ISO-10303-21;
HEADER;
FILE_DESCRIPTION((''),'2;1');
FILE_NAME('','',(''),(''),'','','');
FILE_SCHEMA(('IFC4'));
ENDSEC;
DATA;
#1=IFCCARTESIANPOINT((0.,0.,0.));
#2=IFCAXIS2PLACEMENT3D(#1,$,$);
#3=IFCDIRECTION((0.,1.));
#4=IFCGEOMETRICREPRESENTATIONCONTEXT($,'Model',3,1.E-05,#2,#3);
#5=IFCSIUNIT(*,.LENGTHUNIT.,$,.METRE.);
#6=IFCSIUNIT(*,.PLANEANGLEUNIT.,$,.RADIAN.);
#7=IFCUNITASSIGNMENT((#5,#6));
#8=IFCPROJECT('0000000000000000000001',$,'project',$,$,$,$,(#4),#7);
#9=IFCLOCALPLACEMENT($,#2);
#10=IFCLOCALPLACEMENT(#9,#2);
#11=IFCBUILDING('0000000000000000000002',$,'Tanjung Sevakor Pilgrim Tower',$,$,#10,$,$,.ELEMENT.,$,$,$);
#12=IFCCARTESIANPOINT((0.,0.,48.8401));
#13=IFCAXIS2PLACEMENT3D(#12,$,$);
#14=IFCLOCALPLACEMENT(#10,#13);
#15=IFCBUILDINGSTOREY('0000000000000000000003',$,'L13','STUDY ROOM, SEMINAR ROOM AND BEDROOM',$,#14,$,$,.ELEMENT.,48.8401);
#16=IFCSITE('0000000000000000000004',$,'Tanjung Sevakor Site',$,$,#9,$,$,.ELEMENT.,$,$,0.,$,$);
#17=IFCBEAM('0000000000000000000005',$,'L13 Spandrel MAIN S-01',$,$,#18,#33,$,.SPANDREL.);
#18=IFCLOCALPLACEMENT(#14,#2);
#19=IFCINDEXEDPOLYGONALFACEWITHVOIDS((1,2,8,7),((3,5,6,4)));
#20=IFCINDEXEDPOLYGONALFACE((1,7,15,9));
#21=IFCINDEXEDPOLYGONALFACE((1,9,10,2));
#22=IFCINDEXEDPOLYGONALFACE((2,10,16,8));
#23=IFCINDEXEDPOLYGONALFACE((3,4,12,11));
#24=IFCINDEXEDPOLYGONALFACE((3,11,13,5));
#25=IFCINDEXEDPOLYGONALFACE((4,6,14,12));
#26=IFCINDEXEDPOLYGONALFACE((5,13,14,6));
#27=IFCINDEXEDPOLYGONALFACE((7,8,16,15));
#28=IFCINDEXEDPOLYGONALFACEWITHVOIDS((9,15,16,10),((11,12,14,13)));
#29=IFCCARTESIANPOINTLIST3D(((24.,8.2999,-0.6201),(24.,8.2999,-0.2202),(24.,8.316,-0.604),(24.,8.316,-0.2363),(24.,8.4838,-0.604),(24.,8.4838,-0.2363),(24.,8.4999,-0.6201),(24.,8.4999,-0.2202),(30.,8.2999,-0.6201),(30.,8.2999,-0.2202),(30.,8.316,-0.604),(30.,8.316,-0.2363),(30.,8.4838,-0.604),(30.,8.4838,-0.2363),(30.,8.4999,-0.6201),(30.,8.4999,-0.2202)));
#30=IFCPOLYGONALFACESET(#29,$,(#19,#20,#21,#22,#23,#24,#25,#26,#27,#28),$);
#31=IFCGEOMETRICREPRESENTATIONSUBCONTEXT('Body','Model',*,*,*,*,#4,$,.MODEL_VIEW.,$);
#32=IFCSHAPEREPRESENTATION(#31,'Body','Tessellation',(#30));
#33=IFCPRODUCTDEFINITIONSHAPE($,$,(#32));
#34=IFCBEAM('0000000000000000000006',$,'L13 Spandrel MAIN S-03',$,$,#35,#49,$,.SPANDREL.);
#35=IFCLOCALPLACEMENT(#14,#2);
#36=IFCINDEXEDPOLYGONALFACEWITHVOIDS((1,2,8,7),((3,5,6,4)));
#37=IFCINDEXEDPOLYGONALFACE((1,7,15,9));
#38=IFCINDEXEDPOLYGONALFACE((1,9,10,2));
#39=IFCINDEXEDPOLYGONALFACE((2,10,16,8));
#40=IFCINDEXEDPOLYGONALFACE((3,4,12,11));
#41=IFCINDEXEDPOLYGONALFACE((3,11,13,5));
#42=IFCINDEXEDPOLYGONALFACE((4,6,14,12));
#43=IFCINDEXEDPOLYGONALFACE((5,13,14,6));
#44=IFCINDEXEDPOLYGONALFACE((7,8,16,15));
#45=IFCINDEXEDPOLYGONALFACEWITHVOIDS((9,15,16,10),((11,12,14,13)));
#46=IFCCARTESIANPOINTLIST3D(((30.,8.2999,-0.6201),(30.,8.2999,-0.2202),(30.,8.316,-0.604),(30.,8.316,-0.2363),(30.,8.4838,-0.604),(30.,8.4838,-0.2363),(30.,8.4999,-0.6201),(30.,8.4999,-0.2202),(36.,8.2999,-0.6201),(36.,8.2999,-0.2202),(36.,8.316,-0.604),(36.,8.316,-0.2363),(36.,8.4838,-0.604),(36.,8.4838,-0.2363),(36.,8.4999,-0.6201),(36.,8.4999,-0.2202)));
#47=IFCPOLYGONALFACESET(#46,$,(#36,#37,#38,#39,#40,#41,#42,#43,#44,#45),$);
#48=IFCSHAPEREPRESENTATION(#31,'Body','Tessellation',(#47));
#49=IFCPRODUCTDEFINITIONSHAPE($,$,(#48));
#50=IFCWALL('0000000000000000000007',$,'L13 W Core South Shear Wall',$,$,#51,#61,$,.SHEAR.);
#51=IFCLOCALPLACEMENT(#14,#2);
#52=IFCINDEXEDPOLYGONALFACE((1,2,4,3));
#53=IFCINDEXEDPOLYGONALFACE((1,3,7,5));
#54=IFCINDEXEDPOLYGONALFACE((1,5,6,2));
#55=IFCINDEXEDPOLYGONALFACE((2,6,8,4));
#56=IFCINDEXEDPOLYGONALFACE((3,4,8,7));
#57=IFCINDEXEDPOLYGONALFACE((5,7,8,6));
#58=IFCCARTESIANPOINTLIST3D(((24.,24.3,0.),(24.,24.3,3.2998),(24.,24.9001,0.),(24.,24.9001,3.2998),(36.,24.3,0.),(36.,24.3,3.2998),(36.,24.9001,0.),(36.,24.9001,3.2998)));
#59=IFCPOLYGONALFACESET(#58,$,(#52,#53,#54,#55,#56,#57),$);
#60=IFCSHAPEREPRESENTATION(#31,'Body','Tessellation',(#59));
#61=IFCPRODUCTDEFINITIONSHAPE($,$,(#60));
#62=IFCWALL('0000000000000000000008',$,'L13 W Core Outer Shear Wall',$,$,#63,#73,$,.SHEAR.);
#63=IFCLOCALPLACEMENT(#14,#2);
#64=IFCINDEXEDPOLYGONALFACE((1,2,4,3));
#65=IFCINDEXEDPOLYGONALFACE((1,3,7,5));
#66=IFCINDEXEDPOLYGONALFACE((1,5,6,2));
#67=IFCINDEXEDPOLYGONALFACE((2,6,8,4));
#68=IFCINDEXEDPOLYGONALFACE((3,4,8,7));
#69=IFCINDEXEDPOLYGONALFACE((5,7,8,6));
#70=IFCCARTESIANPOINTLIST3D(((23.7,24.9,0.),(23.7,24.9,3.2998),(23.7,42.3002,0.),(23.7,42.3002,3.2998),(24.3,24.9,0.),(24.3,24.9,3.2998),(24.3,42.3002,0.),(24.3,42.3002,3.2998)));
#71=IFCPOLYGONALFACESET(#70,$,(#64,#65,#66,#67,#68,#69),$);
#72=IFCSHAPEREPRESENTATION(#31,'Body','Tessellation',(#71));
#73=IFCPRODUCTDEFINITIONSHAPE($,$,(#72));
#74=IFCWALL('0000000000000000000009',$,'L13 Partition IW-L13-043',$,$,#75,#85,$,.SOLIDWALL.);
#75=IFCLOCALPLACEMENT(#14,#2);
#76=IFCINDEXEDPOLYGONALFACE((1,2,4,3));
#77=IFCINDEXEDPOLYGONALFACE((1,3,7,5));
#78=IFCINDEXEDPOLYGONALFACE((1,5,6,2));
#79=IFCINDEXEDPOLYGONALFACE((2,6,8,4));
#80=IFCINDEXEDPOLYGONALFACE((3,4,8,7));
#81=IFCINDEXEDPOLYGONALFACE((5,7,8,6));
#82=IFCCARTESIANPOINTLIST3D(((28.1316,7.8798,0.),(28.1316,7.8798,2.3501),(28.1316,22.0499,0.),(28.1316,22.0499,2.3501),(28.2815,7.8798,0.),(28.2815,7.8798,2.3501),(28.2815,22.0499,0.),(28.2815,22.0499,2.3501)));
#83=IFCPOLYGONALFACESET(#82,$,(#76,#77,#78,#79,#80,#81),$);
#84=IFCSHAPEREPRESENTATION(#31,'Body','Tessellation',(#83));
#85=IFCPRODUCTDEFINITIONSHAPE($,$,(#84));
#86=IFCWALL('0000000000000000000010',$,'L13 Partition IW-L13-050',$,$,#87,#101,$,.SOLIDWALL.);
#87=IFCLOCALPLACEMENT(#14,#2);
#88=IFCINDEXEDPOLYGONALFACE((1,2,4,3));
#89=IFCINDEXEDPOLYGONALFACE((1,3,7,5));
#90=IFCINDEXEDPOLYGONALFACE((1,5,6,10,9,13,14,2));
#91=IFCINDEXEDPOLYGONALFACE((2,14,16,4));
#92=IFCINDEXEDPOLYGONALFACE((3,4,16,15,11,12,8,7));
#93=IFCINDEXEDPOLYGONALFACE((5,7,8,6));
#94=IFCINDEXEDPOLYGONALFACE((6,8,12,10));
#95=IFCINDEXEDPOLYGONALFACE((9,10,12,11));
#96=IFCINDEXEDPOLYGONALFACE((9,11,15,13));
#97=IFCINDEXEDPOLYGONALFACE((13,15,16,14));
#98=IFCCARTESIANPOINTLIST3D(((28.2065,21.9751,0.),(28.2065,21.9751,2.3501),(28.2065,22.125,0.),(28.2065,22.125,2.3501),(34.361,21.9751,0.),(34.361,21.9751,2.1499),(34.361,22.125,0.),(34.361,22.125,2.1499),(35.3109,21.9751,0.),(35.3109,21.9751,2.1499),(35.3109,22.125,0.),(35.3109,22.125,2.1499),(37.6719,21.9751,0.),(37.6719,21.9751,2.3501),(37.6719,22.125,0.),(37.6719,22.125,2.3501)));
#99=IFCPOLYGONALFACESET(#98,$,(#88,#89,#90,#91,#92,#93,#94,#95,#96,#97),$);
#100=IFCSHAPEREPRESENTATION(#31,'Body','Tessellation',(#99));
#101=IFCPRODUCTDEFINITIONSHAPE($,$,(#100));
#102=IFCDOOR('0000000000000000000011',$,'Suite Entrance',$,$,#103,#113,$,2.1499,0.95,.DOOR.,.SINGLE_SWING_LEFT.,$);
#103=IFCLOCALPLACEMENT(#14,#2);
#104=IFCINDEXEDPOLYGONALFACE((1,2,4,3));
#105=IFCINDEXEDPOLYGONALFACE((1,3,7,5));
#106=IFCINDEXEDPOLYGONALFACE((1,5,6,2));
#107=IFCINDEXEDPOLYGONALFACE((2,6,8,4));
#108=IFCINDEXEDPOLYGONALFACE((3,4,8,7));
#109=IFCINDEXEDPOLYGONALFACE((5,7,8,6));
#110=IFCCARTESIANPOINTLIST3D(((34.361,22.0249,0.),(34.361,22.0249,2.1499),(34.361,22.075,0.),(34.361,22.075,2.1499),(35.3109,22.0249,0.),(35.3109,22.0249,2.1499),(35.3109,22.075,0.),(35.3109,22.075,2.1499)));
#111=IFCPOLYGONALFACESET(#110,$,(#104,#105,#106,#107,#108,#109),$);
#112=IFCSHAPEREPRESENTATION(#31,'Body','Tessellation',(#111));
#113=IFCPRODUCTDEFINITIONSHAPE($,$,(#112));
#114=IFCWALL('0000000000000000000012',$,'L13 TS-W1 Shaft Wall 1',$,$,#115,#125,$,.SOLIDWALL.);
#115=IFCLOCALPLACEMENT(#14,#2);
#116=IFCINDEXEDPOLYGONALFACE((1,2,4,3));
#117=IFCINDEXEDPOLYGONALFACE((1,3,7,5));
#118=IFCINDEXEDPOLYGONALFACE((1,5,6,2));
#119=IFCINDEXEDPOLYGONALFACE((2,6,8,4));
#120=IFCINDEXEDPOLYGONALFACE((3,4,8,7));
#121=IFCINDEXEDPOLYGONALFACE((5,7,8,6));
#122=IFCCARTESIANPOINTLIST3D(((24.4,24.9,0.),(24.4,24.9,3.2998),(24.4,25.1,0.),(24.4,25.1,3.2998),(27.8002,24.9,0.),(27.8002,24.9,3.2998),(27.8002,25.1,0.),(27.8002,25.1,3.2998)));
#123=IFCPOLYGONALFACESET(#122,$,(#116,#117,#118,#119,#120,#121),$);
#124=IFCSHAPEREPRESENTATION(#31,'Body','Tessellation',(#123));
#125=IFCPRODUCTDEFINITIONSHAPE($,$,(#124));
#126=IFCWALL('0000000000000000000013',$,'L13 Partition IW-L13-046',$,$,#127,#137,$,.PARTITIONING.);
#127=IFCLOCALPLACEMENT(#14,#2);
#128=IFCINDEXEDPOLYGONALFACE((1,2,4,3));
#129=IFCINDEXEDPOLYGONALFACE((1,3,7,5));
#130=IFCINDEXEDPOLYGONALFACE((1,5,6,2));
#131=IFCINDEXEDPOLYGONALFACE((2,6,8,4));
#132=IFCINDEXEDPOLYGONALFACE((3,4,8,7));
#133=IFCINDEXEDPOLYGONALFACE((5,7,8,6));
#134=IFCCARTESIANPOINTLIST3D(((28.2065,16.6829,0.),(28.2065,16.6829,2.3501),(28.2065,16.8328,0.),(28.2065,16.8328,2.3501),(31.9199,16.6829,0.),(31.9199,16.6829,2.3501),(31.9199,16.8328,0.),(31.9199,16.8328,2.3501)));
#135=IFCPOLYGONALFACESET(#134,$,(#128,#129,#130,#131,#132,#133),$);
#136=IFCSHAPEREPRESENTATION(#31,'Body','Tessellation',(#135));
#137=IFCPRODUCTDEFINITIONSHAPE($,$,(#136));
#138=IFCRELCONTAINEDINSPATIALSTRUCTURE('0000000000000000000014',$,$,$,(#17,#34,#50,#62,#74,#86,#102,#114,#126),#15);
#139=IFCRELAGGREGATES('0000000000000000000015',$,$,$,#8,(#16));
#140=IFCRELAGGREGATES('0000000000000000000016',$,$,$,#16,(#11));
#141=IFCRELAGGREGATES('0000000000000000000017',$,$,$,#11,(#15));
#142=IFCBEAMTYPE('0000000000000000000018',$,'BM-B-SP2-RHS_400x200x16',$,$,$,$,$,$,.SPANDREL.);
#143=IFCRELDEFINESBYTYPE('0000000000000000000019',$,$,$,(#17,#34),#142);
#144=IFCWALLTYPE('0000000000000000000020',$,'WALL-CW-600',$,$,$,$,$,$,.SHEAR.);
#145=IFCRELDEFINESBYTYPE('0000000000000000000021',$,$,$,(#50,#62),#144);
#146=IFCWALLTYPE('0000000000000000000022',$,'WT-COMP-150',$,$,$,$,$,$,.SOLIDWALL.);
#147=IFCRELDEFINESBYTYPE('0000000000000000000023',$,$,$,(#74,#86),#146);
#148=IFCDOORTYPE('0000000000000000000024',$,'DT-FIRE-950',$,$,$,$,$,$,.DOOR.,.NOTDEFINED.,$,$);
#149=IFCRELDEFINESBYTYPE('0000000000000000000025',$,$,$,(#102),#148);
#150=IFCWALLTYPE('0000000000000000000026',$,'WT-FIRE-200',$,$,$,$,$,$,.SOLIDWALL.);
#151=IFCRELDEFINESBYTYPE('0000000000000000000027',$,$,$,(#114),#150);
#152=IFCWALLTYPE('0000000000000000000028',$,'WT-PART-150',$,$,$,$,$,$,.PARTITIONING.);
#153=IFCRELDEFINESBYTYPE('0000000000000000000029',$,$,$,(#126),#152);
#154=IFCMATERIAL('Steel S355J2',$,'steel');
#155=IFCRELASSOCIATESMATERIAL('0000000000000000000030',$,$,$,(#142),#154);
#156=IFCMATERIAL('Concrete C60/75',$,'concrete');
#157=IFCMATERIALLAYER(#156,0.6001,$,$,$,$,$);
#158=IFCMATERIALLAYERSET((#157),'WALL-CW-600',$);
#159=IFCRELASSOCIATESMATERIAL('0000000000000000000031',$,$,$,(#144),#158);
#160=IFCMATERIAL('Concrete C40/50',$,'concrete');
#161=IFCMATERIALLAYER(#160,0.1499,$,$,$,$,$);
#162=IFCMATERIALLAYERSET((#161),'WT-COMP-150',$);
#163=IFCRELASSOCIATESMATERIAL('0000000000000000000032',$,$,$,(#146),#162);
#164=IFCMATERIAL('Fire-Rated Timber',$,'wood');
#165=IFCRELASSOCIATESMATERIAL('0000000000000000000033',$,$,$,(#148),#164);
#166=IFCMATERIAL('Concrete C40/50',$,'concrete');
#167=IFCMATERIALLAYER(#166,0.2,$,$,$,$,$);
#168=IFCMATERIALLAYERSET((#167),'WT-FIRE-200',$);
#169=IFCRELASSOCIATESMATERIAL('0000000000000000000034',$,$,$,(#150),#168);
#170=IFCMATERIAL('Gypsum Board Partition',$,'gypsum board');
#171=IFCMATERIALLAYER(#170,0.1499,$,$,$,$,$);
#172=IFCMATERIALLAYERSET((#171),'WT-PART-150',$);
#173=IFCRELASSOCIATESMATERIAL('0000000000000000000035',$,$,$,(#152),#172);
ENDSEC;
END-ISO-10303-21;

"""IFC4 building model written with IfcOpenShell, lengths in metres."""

from ifc_helpers import new_model, si_unit, direction, frame, frame_2d, origin, origin_2d, place, context, subcontext, project, spatial, rectangle, hollow_rectangle, extrude, material, layer, layer_set, material_profile, profile_set, type_object, element, fill, save


model = new_model("IFC4")

# Units and contexts
model_context = context("Model", 3, precision=1e-05, world=origin(), true_north=direction((0.0, 1.0)))
body_context = subcontext(model_context, "Body", "Model", "MODEL_VIEW")
ifc_project = project(units=[si_unit("LENGTHUNIT", "METRE"), si_unit("PLANEANGLEUNIT", "RADIAN")], contexts=[model_context])

# Site, building, storey
site_placement = place(None, origin())
site = spatial("IfcSite", under=ifc_project, at=site_placement, Name="Tanjung Sevakor Site", CompositionType="ELEMENT", RefElevation=0.0)
building_placement = place(site_placement, origin())
building = spatial("IfcBuilding", under=site, at=building_placement, Name="Tanjung Sevakor Pilgrim Tower", CompositionType="ELEMENT")
storey_placement = place(building_placement, frame((0.0, 0.0, 48.8401)))
storey = spatial("IfcBuildingStorey", under=building, at=storey_placement, Name="L13", Description="STUDY ROOM, SEMINAR ROOM AND BEDROOM", CompositionType="ELEMENT", Elevation=48.8401)

# Beams
ifc_material_1 = material(Name="Steel S355J2", Category="steel")
ifc_material_profile_1 = material_profile(ifc_material_1, hollow_rectangle(XDim=0.2, YDim=0.3999, WallThickness=0.0161, at=origin_2d()))
ifc_profile_set_1 = profile_set([ifc_material_profile_1], Name="Steel S355J2")
beam_type_1 = type_object("IfcBeamType", Name="BM-B-SP2-RHS_400x200x16", PredefinedType="SPANDREL", material=ifc_profile_set_1)
for number, where, z_axis, x_axis, name in (
    (1, (24.0, 8.3999, -0.4202), (1.0, 0.0, 0.0), (0.0, 1.0, 0.0), "L13 Spandrel MAIN S-01"),
    (2, (30.0, 8.3999, -0.4202), (1.0, 0.0, 0.0), (0.0, 1.0, 0.0), "L13 Spandrel MAIN S-03"),
):
    element("IfcBeam", number, at=place(storey_placement, frame(where, z_axis=z_axis, x_axis=x_axis)), inside=storey, type_object=beam_type_1, Name=name, PredefinedType="SPANDREL", context=body_context, shape_type="SweptSolid", body=[
        extrude(hollow_rectangle(XDim=0.2, YDim=0.3999, WallThickness=0.0161, at=origin_2d()), origin(), (0.0, 0.0, 1.0), 6.0),
    ])

# Walls
ifc_material_2 = material(Name="Concrete C60/75", Category="concrete")
ifc_layer_1 = layer(ifc_material_2, 0.6001)
ifc_layer_set_1 = layer_set([ifc_layer_1], Name="WALL-CW-600")
wall_type_1 = type_object("IfcWallType", Name="WALL-CW-600", PredefinedType="SHEAR", material=ifc_layer_set_1)
wall_1_placement = place(storey_placement, frame((24.0, 24.6001, 0.0), z_axis=(0.0, 0.0, 1.0), x_axis=(1.0, 0.0, 0.0)))
element("IfcWall", 3, at=wall_1_placement, inside=storey, type_object=wall_type_1, Name="L13 W Core South Shear Wall", PredefinedType="SHEAR", context=body_context, shape_type="SweptSolid", body=[
    extrude(rectangle(XDim=12.0, YDim=0.6001, at=frame_2d((6.0, 0.0))), origin(), (0.0, 0.0, 1.0), 3.2998),
])
wall_2_placement = place(storey_placement, frame((24.0, 24.8999, 0.0), z_axis=(0.0, 0.0, 1.0), x_axis=(0.0, 1.0, 0.0)))
element("IfcWall", 4, at=wall_2_placement, inside=storey, type_object=wall_type_1, Name="L13 W Core Outer Shear Wall", PredefinedType="SHEAR", context=body_context, shape_type="SweptSolid", body=[
    extrude(rectangle(XDim=17.4001, YDim=0.6001, at=frame_2d((8.7002, 0.0))), origin(), (0.0, 0.0, 1.0), 3.2998),
])

# Wall
ifc_material_3 = material(Name="Concrete C40/50", Category="concrete")
ifc_layer_2 = layer(ifc_material_3, 0.1499)
ifc_layer_set_2 = layer_set([ifc_layer_2], Name="WT-COMP-150")
wall_type_2 = type_object("IfcWallType", Name="WT-COMP-150", PredefinedType="SOLIDWALL", material=ifc_layer_set_2)
wall_3_placement = place(storey_placement, frame((28.2065, 7.8799, 0.0), z_axis=(0.0, 0.0, 1.0), x_axis=(0.0, 1.0, 0.0)))
element("IfcWall", 5, at=wall_3_placement, inside=storey, type_object=wall_type_2, Name="L13 Partition IW-L13-043", PredefinedType="SOLIDWALL", context=body_context, shape_type="SweptSolid", body=[
    extrude(rectangle(XDim=14.1702, YDim=0.1499, at=frame_2d((7.085, 0.0))), origin(), (0.0, 0.0, 1.0), 2.3501),
])

# Wall, opening, door
wall_4_placement = place(storey_placement, frame((28.2065, 22.05, 0.0), z_axis=(0.0, 0.0, 1.0), x_axis=(1.0, 0.0, 0.0)))
wall_4 = element("IfcWall", 6, at=wall_4_placement, inside=storey, type_object=wall_type_2, Name="L13 Partition IW-L13-050", PredefinedType="SOLIDWALL", context=body_context, shape_type="SweptSolid", body=[
    extrude(rectangle(XDim=9.4653, YDim=0.1499, at=frame_2d((4.7327, 0.0))), origin(), (0.0, 0.0, 1.0), 2.3501),
])
opening_1_placement = place(wall_4_placement, frame((6.1543, 0.0, 0.0)))
opening_1 = element("IfcOpeningElement", 7, at=opening_1_placement, cuts=wall_4, PredefinedType="OPENING", context=body_context, shape_type="SweptSolid", body=[
    extrude(rectangle(XDim=0.95, YDim=2.1499, at=frame_2d((0.4751, 1.075))), frame((0.0, 0.085, 0.0), z_axis=(0.0, -1.0, 0.0), x_axis=(1.0, 0.0, 0.0)), (0.0, 0.0, 1.0), 0.1699),
])
ifc_material_4 = material(Name="Fire-Rated Timber", Category="wood")
door_type_1 = type_object("IfcDoorType", Name="DT-FIRE-950", OperationType="NOTDEFINED", PredefinedType="DOOR", material=ifc_material_4)
door_1_placement = place(opening_1_placement, origin())
door_1 = element("IfcDoor", 8, at=door_1_placement, inside=storey, type_object=door_type_1, Name="Suite Entrance", OperationType="SINGLE_SWING_LEFT", OverallHeight=2.1499, OverallWidth=0.95, PredefinedType="DOOR", context=body_context, shape_type="SweptSolid", body=[
    extrude(rectangle(XDim=0.95, YDim=2.1499, at=frame_2d((0.4751, 1.075))), frame((0.0, 0.0249, 0.0), z_axis=(0.0, -1.0, 0.0), x_axis=(1.0, 0.0, 0.0)), (0.0, 0.0, 1.0), 0.05),
])
fill(opening_1, door_1)

# Wall
ifc_material_5 = material(Name="Concrete C40/50", Category="concrete")
ifc_layer_3 = layer(ifc_material_5, 0.2)
ifc_layer_set_3 = layer_set([ifc_layer_3], Name="WT-FIRE-200")
wall_type_3 = type_object("IfcWallType", Name="WT-FIRE-200", PredefinedType="SOLIDWALL", material=ifc_layer_set_3)
wall_5_placement = place(storey_placement, frame((24.3999, 25.0, 0.0), z_axis=(0.0, 0.0, 1.0), x_axis=(1.0, 0.0, 0.0)))
element("IfcWall", 9, at=wall_5_placement, inside=storey, type_object=wall_type_3, Name="L13 TS-W1 Shaft Wall 1", PredefinedType="SOLIDWALL", context=body_context, shape_type="SweptSolid", body=[
    extrude(rectangle(XDim=3.4001, YDim=0.2, at=frame_2d((1.7002, 0.0))), origin(), (0.0, 0.0, 1.0), 3.2998),
])

# Wall
ifc_material_6 = material(Name="Gypsum Board Partition", Category="gypsum board")
ifc_layer_4 = layer(ifc_material_6, 0.1499)
ifc_layer_set_4 = layer_set([ifc_layer_4], Name="WT-PART-150")
wall_type_4 = type_object("IfcWallType", Name="WT-PART-150", PredefinedType="PARTITIONING", material=ifc_layer_set_4)
wall_6_placement = place(storey_placement, frame((28.2065, 16.7578, 0.0), z_axis=(0.0, 0.0, 1.0), x_axis=(1.0, 0.0, 0.0)))
element("IfcWall", 10, at=wall_6_placement, inside=storey, type_object=wall_type_4, Name="L13 Partition IW-L13-046", PredefinedType="PARTITIONING", context=body_context, shape_type="SweptSolid", body=[
    extrude(rectangle(XDim=3.7134, YDim=0.1499, at=frame_2d((1.8567, 0.0))), origin(), (0.0, 0.0, 1.0), 2.3501),
])

save(model, "model.ifc")
